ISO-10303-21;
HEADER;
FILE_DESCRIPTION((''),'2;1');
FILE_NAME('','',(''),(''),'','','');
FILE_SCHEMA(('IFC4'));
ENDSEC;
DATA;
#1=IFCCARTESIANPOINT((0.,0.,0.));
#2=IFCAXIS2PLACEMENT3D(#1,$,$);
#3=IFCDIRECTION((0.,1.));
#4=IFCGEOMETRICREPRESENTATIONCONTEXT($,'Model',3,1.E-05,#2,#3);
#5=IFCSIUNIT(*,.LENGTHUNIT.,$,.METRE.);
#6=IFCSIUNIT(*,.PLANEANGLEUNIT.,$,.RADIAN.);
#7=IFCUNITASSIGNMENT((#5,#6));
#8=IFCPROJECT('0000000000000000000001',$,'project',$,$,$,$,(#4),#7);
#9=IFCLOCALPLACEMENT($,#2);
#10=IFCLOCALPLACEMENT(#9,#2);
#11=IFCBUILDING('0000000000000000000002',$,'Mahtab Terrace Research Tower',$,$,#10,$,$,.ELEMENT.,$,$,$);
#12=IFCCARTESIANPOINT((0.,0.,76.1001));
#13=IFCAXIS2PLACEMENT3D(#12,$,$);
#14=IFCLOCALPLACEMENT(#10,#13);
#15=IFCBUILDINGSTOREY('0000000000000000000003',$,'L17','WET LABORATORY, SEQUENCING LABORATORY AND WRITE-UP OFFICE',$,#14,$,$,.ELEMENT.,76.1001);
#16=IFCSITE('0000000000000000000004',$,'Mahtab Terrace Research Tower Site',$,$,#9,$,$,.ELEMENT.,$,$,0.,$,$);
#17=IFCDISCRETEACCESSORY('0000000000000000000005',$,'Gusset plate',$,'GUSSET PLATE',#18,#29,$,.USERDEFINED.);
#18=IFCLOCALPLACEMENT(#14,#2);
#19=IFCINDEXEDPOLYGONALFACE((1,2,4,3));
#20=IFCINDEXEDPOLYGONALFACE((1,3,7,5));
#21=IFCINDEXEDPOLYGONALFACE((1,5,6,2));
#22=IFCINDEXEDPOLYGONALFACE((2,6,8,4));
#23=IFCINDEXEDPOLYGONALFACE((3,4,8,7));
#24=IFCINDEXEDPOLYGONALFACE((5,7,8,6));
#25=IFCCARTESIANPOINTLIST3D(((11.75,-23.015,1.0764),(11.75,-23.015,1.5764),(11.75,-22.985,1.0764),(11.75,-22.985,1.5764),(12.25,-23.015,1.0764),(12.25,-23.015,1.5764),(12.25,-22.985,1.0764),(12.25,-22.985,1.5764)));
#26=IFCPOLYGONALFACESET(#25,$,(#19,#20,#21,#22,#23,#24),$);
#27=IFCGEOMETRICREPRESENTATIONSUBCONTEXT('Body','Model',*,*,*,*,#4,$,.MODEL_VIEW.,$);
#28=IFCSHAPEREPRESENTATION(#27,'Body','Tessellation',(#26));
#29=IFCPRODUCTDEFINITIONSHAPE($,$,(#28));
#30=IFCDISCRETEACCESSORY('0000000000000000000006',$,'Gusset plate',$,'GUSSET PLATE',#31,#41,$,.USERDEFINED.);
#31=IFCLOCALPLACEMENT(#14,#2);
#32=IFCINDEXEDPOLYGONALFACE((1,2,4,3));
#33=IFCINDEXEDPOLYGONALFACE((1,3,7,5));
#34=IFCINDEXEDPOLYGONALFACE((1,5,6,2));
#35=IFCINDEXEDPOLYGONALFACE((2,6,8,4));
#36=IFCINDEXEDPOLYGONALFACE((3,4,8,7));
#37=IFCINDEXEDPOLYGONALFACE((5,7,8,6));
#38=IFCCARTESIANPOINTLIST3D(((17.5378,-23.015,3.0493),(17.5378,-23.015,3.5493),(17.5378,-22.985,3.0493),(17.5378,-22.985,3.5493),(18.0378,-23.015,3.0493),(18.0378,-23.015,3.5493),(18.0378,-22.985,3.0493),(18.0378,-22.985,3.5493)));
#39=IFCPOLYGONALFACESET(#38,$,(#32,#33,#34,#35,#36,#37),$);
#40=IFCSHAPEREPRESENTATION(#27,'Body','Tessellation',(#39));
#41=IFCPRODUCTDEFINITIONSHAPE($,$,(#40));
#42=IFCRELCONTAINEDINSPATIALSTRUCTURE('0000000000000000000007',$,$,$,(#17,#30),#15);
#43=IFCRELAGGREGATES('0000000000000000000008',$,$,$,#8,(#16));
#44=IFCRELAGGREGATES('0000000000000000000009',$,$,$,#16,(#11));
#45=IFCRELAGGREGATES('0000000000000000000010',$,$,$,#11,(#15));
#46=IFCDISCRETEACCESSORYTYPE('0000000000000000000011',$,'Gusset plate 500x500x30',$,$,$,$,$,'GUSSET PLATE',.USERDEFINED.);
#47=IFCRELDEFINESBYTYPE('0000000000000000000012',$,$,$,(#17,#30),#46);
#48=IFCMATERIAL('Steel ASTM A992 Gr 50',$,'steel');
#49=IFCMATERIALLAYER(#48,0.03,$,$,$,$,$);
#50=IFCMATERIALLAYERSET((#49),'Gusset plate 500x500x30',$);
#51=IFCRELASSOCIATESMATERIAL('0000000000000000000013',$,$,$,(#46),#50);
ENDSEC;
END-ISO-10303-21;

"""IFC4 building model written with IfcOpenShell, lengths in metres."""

from ifc_helpers import new_model, si_unit, direction, frame, origin, origin_2d, place, context, subcontext, project, spatial, rectangle, extrude, material, layer, layer_set, type_object, element, save


model = new_model("IFC4")

# Units and contexts
model_context = context("Model", 3, precision=1e-05, world=origin(), true_north=direction((0.0, 1.0)))
body_context = subcontext(model_context, "Body", "Model", "MODEL_VIEW")
ifc_project = project(units=[si_unit("LENGTHUNIT", "METRE"), si_unit("PLANEANGLEUNIT", "RADIAN")], contexts=[model_context])

# Site, building, storey
site_placement = place(None, origin())
site = spatial("IfcSite", under=ifc_project, at=site_placement, Name="Mahtab Terrace Research Tower Site", CompositionType="ELEMENT", RefElevation=0.0)
building_placement = place(site_placement, origin())
building = spatial("IfcBuilding", under=site, at=building_placement, Name="Mahtab Terrace Research Tower", CompositionType="ELEMENT")
storey_placement = place(building_placement, frame((0.0, 0.0, 76.1001)))
storey = spatial("IfcBuildingStorey", under=building, at=storey_placement, Name="L17", Description="WET LABORATORY, SEQUENCING LABORATORY AND WRITE-UP OFFICE", CompositionType="ELEMENT", Elevation=76.1001)

# Shared definitions
ifc_material_1 = material(Name="Steel ASTM A992 Gr 50", Category="steel")

# Discrete accessories
ifc_layer_1 = layer(ifc_material_1, 0.03)
ifc_layer_set_1 = layer_set([ifc_layer_1], Name="Gusset plate 500x500x30")
discrete_accessory_type = type_object("IfcDiscreteAccessoryType", Name="Gusset plate 500x500x30", ElementType="GUSSET PLATE", PredefinedType="USERDEFINED", material=ifc_layer_set_1)
for number, where, z_axis, x_axis, name in (
    (1, (12.0, -23.0, 1.0764), (0.0, 0.0, 1.0), (1.0, 0.0, 0.0), "Gusset plate"),
    (2, (17.7878, -23.0, 3.0493), (0.0, 0.0, 1.0), (1.0, 0.0, 0.0), "Gusset plate"),
):
    element("IfcDiscreteAccessory", number, at=place(storey_placement, frame(where, z_axis=z_axis, x_axis=x_axis)), inside=storey, type_object=discrete_accessory_type, Name=name, ObjectType="GUSSET PLATE", PredefinedType="USERDEFINED", context=body_context, shape_type="SweptSolid", body=[
        extrude(rectangle(XDim=0.5, YDim=0.03, at=origin_2d()), origin(), (0.0, 0.0, 1.0), 0.5),
    ])

save(model, "model.ifc")
